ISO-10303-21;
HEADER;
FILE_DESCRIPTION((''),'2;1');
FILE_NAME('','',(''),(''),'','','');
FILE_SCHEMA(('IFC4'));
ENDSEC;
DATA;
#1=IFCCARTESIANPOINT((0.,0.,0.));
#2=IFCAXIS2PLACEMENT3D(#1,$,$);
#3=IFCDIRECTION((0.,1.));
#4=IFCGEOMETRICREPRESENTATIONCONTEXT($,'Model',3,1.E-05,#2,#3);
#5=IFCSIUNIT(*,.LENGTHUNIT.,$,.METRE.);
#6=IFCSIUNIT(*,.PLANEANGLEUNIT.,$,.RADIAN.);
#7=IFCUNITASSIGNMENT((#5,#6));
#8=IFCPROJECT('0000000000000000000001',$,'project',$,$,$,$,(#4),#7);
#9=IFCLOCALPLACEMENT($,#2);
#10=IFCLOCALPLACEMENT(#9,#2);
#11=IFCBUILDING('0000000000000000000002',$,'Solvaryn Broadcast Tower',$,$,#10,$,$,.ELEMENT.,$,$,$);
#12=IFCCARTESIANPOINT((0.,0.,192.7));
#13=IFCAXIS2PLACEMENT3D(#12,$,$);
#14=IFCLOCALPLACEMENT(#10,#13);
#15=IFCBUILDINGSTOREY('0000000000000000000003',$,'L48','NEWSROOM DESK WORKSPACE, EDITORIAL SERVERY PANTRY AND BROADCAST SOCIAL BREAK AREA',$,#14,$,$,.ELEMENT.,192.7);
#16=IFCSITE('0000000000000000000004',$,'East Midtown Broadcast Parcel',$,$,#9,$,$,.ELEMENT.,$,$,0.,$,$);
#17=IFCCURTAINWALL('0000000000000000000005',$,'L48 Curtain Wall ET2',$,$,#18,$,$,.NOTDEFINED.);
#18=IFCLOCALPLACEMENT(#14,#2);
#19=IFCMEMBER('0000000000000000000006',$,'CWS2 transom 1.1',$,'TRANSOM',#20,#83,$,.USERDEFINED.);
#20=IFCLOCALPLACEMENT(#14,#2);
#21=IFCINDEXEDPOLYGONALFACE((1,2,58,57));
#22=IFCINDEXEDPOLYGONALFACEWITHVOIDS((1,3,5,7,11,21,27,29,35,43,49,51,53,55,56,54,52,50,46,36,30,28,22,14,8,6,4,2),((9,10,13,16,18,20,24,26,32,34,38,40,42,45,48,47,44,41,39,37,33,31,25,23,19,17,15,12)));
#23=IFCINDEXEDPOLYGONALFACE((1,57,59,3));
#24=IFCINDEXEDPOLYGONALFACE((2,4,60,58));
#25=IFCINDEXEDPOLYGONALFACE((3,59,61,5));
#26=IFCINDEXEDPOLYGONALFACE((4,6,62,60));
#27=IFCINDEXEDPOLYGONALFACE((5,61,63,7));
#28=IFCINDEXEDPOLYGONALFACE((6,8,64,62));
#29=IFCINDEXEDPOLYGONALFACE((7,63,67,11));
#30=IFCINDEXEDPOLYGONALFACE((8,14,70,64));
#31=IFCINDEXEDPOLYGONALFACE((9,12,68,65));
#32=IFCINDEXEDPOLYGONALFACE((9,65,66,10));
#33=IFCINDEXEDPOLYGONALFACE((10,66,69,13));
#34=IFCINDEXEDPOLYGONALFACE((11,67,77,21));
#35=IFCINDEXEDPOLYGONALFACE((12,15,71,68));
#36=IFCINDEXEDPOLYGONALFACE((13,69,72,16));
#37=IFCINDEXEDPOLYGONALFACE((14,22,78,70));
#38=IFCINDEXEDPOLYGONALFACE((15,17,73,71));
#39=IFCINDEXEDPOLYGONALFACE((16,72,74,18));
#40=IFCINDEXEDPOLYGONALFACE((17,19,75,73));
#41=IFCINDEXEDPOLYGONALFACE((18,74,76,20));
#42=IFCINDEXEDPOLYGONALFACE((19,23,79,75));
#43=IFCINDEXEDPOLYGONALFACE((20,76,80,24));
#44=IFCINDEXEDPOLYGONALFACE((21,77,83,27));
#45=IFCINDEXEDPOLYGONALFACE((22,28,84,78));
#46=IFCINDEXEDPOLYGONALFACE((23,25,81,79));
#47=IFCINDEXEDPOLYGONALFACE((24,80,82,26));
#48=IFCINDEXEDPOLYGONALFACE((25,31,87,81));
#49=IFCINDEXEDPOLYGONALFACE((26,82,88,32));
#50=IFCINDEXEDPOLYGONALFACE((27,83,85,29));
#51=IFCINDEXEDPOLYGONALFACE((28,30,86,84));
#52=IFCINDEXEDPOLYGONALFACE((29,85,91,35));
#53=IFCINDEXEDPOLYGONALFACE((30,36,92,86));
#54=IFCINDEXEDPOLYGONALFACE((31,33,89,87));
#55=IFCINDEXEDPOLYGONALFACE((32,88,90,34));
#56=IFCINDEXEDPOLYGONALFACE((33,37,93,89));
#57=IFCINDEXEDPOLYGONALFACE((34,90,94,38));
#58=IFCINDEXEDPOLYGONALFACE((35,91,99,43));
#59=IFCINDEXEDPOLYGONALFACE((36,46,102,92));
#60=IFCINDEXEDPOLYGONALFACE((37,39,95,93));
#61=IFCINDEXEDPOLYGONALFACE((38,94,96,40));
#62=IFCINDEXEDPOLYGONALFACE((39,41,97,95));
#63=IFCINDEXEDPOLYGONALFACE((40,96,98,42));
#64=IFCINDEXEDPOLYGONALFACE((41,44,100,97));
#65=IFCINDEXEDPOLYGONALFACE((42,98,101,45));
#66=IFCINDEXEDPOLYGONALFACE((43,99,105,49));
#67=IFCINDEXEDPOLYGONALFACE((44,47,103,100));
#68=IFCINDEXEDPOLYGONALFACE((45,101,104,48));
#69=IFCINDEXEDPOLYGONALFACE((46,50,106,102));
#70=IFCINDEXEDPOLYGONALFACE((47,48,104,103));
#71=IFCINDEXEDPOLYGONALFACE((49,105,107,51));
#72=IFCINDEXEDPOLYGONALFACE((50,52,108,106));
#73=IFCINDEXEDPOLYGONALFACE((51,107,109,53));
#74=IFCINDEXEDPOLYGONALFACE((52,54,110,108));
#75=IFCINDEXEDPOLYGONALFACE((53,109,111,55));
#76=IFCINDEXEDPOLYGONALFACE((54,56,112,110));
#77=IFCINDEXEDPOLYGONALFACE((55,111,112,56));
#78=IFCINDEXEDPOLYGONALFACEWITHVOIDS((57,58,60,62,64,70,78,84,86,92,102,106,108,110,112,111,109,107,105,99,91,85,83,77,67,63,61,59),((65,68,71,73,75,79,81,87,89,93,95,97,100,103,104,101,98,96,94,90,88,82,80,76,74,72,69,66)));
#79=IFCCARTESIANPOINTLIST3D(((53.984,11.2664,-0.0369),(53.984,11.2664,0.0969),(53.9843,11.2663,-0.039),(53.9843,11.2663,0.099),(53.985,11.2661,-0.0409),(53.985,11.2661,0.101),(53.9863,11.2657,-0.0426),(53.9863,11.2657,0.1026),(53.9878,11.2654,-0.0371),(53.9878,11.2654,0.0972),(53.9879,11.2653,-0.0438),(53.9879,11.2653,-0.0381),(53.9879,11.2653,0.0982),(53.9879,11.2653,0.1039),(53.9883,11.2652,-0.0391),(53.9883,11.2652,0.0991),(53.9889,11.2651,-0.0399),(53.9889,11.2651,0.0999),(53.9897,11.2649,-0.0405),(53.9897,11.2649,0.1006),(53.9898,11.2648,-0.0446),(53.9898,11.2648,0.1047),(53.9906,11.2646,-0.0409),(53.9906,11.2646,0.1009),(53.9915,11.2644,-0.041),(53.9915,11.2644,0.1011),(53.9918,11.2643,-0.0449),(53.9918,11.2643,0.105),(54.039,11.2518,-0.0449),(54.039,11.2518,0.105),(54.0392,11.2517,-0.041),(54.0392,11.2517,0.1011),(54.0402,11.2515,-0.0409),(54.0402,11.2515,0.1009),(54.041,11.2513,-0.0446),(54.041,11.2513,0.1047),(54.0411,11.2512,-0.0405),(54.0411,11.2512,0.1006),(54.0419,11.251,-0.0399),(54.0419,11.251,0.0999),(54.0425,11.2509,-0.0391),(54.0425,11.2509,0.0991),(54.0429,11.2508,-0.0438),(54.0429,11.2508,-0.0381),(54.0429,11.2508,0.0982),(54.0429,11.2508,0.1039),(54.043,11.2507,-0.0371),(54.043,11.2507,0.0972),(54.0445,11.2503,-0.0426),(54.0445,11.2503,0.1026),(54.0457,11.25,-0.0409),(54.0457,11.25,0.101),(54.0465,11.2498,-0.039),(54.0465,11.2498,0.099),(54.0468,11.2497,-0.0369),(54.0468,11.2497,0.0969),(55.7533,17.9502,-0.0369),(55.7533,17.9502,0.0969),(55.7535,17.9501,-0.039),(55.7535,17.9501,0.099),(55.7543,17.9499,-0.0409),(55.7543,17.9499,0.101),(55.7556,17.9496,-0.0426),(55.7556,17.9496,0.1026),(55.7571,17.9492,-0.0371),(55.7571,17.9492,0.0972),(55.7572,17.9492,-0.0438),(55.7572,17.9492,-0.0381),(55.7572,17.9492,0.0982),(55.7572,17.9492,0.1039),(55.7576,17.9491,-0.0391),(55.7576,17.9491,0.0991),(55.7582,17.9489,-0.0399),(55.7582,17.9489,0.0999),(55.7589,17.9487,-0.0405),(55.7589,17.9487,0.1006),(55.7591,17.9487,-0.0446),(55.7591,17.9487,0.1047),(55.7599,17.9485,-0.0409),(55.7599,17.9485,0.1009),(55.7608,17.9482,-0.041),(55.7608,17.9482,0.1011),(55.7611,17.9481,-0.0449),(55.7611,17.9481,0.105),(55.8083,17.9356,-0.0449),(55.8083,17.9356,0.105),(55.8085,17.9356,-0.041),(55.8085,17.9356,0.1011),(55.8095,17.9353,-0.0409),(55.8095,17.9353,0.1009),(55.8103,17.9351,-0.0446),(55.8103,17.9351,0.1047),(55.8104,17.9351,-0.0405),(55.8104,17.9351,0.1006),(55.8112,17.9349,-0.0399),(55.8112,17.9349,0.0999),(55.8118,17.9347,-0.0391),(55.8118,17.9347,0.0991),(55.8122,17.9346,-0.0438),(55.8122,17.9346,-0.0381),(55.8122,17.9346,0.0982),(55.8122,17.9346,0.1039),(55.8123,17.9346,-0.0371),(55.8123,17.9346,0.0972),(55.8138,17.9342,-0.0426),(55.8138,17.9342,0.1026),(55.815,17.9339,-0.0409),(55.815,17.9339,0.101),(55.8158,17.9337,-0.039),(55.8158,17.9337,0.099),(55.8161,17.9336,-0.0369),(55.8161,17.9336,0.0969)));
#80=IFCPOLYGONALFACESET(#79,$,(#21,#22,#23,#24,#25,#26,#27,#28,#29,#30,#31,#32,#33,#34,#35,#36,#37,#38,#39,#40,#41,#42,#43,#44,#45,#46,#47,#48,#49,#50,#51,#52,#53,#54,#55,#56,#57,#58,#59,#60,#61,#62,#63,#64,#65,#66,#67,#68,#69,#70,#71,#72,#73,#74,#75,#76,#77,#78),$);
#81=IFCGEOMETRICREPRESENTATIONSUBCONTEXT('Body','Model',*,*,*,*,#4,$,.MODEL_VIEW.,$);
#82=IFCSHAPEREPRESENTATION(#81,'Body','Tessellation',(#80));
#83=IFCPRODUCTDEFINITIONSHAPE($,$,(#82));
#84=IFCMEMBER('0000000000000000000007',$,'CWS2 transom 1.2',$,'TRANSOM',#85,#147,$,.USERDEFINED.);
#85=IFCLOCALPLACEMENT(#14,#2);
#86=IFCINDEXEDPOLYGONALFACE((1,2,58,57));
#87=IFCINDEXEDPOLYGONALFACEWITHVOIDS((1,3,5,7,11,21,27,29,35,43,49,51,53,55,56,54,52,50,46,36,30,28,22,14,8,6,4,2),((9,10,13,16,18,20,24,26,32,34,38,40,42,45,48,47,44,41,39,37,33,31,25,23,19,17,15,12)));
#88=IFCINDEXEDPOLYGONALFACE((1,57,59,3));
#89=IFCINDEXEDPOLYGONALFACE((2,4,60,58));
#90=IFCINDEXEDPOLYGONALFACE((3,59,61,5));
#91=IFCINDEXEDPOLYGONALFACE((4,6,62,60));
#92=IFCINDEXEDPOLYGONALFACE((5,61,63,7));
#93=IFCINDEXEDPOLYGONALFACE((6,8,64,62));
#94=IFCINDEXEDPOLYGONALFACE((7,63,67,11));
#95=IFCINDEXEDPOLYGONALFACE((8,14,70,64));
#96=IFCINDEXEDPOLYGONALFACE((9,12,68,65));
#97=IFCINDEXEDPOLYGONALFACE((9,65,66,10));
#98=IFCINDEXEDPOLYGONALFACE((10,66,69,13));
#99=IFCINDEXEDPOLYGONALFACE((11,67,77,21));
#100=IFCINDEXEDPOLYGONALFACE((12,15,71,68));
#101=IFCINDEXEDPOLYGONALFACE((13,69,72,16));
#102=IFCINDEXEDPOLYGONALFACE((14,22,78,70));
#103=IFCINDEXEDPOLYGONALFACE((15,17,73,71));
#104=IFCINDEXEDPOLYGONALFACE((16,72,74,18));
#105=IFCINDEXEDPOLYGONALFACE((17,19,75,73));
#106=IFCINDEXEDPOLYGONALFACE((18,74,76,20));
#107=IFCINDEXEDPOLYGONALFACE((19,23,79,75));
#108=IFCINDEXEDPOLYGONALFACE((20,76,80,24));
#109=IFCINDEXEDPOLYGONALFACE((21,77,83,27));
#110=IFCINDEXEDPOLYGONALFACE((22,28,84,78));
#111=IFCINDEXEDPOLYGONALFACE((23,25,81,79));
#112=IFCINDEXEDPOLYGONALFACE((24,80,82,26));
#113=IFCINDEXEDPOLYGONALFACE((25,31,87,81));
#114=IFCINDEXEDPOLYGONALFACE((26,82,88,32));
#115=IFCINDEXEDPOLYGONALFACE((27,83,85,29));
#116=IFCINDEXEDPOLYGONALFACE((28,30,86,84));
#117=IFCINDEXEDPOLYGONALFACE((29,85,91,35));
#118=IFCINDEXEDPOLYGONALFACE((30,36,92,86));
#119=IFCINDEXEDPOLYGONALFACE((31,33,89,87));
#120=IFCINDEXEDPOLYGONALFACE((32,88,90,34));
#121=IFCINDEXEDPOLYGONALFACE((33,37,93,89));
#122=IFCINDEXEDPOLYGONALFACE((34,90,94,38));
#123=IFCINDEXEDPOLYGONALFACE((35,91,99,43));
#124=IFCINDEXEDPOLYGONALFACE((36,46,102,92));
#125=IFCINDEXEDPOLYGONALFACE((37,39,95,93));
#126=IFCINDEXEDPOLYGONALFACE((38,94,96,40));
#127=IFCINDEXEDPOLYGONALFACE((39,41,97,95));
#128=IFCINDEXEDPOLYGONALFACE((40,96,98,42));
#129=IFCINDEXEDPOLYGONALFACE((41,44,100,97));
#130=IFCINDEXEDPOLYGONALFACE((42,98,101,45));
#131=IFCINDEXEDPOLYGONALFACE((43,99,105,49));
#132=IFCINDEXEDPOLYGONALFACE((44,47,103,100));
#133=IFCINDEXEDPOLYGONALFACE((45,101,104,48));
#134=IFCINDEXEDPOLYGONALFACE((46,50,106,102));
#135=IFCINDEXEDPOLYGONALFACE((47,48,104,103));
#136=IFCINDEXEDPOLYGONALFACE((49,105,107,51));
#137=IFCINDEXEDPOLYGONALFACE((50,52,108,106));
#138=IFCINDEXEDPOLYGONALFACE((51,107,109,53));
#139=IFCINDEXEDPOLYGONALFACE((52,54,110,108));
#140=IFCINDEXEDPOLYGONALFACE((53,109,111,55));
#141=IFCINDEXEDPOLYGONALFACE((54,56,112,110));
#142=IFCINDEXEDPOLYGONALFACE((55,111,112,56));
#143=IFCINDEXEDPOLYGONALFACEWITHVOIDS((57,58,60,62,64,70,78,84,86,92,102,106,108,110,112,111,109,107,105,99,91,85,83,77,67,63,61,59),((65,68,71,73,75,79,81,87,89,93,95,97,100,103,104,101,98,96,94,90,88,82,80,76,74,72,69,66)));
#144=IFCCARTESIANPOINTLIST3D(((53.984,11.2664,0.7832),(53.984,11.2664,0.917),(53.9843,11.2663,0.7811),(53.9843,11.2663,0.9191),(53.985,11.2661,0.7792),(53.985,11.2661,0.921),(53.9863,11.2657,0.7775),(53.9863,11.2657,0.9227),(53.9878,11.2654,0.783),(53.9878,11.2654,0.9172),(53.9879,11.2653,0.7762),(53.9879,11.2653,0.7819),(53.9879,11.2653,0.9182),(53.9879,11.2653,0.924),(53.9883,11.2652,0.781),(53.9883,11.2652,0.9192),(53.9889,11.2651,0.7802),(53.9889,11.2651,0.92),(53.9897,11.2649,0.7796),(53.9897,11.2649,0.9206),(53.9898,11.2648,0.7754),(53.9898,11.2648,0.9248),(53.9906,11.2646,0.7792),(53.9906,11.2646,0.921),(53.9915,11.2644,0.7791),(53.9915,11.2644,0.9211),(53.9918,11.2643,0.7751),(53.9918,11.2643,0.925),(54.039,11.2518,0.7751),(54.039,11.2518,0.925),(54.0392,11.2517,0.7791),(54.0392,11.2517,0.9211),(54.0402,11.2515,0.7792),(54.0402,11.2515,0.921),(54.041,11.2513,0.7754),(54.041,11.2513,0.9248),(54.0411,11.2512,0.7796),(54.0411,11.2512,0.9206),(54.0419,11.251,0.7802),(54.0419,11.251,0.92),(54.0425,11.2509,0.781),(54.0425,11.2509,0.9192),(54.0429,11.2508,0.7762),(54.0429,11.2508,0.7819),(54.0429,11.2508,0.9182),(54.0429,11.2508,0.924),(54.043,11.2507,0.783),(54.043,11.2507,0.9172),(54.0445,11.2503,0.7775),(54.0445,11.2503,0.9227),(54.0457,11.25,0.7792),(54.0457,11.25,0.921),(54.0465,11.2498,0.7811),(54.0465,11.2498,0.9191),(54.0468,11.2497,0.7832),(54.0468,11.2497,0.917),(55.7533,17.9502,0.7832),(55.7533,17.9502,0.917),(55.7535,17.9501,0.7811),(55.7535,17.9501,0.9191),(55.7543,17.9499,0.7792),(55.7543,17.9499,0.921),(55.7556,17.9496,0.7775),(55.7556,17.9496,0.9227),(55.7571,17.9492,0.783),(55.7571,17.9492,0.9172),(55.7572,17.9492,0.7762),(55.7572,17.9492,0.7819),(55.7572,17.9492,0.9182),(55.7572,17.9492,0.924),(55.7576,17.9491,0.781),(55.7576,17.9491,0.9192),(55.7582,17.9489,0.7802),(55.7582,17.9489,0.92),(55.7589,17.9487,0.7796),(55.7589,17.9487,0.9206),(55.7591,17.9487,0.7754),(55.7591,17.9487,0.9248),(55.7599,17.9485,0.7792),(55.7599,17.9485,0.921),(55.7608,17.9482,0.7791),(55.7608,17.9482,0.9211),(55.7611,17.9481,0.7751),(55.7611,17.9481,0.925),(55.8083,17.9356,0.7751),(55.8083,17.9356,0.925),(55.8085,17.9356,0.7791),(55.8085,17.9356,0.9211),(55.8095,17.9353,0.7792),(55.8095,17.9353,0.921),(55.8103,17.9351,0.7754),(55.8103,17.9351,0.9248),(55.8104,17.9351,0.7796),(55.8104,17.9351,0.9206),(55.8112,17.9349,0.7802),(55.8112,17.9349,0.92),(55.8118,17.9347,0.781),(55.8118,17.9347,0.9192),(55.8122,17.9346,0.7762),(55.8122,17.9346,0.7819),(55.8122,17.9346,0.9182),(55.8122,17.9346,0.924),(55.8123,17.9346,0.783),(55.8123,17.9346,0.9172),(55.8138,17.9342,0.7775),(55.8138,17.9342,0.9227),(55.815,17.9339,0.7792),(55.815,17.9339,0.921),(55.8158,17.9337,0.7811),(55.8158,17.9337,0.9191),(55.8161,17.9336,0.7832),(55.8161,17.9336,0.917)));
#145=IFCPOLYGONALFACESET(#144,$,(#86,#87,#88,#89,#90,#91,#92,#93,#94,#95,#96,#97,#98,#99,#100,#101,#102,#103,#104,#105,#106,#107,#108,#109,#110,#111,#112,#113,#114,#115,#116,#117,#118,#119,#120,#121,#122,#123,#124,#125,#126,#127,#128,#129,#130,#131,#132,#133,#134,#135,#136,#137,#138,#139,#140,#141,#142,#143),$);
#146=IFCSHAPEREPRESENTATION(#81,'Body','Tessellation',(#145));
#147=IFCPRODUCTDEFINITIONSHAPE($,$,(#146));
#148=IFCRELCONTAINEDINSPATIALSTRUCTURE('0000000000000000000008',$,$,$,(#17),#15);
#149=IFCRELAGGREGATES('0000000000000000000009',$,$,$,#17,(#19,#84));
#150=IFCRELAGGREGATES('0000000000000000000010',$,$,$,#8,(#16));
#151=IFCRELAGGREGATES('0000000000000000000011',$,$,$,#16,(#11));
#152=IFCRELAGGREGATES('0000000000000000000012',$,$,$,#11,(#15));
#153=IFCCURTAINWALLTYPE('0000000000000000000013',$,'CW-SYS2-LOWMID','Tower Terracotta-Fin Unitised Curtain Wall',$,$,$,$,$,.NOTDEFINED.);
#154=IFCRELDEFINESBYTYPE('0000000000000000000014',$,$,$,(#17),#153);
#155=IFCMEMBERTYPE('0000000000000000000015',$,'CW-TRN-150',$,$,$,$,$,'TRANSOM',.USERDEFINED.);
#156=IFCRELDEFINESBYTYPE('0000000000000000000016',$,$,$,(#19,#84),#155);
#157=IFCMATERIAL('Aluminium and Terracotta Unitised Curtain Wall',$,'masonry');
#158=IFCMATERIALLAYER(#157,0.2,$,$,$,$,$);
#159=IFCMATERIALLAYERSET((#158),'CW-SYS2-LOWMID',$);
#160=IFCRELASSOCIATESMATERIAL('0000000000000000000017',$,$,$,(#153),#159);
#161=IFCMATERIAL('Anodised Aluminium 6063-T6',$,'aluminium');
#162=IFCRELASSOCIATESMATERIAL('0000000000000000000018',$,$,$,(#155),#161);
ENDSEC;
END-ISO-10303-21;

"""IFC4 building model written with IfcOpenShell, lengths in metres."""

from ifc_helpers import new_model, si_unit, direction, frame, origin, origin_2d, place, context, subcontext, project, spatial, hollow_rectangle, extrude, material, layer, layer_set, material_profile, profile_set, type_object, element, aggregate, save


model = new_model("IFC4")

# Units and contexts
model_context = context("Model", 3, precision=1e-05, world=origin(), true_north=direction((0.0, 1.0)))
body_context = subcontext(model_context, "Body", "Model", "MODEL_VIEW")
ifc_project = project(units=[si_unit("LENGTHUNIT", "METRE"), si_unit("PLANEANGLEUNIT", "RADIAN")], contexts=[model_context])

# Site, building, storey
site_placement = place(None, origin())
site = spatial("IfcSite", under=ifc_project, at=site_placement, Name="East Midtown Broadcast Parcel", CompositionType="ELEMENT", RefElevation=0.0)
building_placement = place(site_placement, origin())
building = spatial("IfcBuilding", under=site, at=building_placement, Name="Solvaryn Broadcast Tower", CompositionType="ELEMENT")
storey_placement = place(building_placement, frame((0.0, 0.0, 192.7)))
storey = spatial("IfcBuildingStorey", under=building, at=storey_placement, Name="L48", Description="NEWSROOM DESK WORKSPACE, EDITORIAL SERVERY PANTRY AND BROADCAST SOCIAL BREAK AREA", CompositionType="ELEMENT", Elevation=192.7)

# Shared definitions
ifc_material_1 = material(Name="Aluminium and Terracotta Unitised Curtain Wall", Category="masonry")
ifc_layer_1 = layer(ifc_material_1, 0.2)
ifc_layer_set_1 = layer_set([ifc_layer_1], Name="CW-SYS2-LOWMID")
curtain_wall_type = type_object("IfcCurtainWallType", Name="CW-SYS2-LOWMID", Description="Tower Terracotta-Fin Unitised Curtain Wall", PredefinedType="NOTDEFINED", material=ifc_layer_set_1)

# Curtain wall, members
curtain_wall_1_placement = place(storey_placement, origin())
curtain_wall_1 = element("IfcCurtainWall", 1, at=curtain_wall_1_placement, inside=storey, type_object=curtain_wall_type, Name="L48 Curtain Wall ET2", PredefinedType="NOTDEFINED")
ifc_material_2 = material(Name="Anodised Aluminium 6063-T6", Category="aluminium")
ifc_material_profile_1 = material_profile(ifc_material_2, hollow_rectangle(XDim=0.0649, YDim=0.1499, WallThickness=0.0039, InnerFilletRadius=0.0039, OuterFilletRadius=0.0081, at=origin_2d()))
ifc_profile_set_1 = profile_set([ifc_material_profile_1], Name="Anodised Aluminium 6063-T6")
member_type_1 = type_object("IfcMemberType", Name="CW-TRN-150", ElementType="TRANSOM", PredefinedType="USERDEFINED", material=ifc_profile_set_1)
member_1_placement = place(storey_placement, frame((55.7847, 17.9419, 0.03), z_axis=(-0.255897, -0.966704, 0.0), x_axis=(0.966704, -0.255897, 0.0)))
member_1 = element("IfcMember", 2, at=member_1_placement, type_object=member_type_1, Name="CWS2 transom 1.1", ObjectType="TRANSOM", PredefinedType="USERDEFINED", context=body_context, shape_type="SweptSolid", body=[
    extrude(hollow_rectangle(XDim=0.0649, YDim=0.1499, WallThickness=0.0039, InnerFilletRadius=0.0039, OuterFilletRadius=0.0081, at=origin_2d()), origin(), (0.0, 0.0, 1.0), 6.9141),
])
member_2_placement = place(storey_placement, frame((55.7847, 17.9419, 0.8501), z_axis=(-0.255897, -0.966704, 0.0), x_axis=(0.966704, -0.255897, 0.0)))
member_2 = element("IfcMember", 3, at=member_2_placement, type_object=member_type_1, Name="CWS2 transom 1.2", ObjectType="TRANSOM", PredefinedType="USERDEFINED", context=body_context, shape_type="SweptSolid", body=[
    extrude(hollow_rectangle(XDim=0.0649, YDim=0.1499, WallThickness=0.0039, InnerFilletRadius=0.0039, OuterFilletRadius=0.0081, at=origin_2d()), origin(), (0.0, 0.0, 1.0), 6.9141),
])

aggregate(curtain_wall_1, [member_1, member_2])

save(model, "model.ifc")
